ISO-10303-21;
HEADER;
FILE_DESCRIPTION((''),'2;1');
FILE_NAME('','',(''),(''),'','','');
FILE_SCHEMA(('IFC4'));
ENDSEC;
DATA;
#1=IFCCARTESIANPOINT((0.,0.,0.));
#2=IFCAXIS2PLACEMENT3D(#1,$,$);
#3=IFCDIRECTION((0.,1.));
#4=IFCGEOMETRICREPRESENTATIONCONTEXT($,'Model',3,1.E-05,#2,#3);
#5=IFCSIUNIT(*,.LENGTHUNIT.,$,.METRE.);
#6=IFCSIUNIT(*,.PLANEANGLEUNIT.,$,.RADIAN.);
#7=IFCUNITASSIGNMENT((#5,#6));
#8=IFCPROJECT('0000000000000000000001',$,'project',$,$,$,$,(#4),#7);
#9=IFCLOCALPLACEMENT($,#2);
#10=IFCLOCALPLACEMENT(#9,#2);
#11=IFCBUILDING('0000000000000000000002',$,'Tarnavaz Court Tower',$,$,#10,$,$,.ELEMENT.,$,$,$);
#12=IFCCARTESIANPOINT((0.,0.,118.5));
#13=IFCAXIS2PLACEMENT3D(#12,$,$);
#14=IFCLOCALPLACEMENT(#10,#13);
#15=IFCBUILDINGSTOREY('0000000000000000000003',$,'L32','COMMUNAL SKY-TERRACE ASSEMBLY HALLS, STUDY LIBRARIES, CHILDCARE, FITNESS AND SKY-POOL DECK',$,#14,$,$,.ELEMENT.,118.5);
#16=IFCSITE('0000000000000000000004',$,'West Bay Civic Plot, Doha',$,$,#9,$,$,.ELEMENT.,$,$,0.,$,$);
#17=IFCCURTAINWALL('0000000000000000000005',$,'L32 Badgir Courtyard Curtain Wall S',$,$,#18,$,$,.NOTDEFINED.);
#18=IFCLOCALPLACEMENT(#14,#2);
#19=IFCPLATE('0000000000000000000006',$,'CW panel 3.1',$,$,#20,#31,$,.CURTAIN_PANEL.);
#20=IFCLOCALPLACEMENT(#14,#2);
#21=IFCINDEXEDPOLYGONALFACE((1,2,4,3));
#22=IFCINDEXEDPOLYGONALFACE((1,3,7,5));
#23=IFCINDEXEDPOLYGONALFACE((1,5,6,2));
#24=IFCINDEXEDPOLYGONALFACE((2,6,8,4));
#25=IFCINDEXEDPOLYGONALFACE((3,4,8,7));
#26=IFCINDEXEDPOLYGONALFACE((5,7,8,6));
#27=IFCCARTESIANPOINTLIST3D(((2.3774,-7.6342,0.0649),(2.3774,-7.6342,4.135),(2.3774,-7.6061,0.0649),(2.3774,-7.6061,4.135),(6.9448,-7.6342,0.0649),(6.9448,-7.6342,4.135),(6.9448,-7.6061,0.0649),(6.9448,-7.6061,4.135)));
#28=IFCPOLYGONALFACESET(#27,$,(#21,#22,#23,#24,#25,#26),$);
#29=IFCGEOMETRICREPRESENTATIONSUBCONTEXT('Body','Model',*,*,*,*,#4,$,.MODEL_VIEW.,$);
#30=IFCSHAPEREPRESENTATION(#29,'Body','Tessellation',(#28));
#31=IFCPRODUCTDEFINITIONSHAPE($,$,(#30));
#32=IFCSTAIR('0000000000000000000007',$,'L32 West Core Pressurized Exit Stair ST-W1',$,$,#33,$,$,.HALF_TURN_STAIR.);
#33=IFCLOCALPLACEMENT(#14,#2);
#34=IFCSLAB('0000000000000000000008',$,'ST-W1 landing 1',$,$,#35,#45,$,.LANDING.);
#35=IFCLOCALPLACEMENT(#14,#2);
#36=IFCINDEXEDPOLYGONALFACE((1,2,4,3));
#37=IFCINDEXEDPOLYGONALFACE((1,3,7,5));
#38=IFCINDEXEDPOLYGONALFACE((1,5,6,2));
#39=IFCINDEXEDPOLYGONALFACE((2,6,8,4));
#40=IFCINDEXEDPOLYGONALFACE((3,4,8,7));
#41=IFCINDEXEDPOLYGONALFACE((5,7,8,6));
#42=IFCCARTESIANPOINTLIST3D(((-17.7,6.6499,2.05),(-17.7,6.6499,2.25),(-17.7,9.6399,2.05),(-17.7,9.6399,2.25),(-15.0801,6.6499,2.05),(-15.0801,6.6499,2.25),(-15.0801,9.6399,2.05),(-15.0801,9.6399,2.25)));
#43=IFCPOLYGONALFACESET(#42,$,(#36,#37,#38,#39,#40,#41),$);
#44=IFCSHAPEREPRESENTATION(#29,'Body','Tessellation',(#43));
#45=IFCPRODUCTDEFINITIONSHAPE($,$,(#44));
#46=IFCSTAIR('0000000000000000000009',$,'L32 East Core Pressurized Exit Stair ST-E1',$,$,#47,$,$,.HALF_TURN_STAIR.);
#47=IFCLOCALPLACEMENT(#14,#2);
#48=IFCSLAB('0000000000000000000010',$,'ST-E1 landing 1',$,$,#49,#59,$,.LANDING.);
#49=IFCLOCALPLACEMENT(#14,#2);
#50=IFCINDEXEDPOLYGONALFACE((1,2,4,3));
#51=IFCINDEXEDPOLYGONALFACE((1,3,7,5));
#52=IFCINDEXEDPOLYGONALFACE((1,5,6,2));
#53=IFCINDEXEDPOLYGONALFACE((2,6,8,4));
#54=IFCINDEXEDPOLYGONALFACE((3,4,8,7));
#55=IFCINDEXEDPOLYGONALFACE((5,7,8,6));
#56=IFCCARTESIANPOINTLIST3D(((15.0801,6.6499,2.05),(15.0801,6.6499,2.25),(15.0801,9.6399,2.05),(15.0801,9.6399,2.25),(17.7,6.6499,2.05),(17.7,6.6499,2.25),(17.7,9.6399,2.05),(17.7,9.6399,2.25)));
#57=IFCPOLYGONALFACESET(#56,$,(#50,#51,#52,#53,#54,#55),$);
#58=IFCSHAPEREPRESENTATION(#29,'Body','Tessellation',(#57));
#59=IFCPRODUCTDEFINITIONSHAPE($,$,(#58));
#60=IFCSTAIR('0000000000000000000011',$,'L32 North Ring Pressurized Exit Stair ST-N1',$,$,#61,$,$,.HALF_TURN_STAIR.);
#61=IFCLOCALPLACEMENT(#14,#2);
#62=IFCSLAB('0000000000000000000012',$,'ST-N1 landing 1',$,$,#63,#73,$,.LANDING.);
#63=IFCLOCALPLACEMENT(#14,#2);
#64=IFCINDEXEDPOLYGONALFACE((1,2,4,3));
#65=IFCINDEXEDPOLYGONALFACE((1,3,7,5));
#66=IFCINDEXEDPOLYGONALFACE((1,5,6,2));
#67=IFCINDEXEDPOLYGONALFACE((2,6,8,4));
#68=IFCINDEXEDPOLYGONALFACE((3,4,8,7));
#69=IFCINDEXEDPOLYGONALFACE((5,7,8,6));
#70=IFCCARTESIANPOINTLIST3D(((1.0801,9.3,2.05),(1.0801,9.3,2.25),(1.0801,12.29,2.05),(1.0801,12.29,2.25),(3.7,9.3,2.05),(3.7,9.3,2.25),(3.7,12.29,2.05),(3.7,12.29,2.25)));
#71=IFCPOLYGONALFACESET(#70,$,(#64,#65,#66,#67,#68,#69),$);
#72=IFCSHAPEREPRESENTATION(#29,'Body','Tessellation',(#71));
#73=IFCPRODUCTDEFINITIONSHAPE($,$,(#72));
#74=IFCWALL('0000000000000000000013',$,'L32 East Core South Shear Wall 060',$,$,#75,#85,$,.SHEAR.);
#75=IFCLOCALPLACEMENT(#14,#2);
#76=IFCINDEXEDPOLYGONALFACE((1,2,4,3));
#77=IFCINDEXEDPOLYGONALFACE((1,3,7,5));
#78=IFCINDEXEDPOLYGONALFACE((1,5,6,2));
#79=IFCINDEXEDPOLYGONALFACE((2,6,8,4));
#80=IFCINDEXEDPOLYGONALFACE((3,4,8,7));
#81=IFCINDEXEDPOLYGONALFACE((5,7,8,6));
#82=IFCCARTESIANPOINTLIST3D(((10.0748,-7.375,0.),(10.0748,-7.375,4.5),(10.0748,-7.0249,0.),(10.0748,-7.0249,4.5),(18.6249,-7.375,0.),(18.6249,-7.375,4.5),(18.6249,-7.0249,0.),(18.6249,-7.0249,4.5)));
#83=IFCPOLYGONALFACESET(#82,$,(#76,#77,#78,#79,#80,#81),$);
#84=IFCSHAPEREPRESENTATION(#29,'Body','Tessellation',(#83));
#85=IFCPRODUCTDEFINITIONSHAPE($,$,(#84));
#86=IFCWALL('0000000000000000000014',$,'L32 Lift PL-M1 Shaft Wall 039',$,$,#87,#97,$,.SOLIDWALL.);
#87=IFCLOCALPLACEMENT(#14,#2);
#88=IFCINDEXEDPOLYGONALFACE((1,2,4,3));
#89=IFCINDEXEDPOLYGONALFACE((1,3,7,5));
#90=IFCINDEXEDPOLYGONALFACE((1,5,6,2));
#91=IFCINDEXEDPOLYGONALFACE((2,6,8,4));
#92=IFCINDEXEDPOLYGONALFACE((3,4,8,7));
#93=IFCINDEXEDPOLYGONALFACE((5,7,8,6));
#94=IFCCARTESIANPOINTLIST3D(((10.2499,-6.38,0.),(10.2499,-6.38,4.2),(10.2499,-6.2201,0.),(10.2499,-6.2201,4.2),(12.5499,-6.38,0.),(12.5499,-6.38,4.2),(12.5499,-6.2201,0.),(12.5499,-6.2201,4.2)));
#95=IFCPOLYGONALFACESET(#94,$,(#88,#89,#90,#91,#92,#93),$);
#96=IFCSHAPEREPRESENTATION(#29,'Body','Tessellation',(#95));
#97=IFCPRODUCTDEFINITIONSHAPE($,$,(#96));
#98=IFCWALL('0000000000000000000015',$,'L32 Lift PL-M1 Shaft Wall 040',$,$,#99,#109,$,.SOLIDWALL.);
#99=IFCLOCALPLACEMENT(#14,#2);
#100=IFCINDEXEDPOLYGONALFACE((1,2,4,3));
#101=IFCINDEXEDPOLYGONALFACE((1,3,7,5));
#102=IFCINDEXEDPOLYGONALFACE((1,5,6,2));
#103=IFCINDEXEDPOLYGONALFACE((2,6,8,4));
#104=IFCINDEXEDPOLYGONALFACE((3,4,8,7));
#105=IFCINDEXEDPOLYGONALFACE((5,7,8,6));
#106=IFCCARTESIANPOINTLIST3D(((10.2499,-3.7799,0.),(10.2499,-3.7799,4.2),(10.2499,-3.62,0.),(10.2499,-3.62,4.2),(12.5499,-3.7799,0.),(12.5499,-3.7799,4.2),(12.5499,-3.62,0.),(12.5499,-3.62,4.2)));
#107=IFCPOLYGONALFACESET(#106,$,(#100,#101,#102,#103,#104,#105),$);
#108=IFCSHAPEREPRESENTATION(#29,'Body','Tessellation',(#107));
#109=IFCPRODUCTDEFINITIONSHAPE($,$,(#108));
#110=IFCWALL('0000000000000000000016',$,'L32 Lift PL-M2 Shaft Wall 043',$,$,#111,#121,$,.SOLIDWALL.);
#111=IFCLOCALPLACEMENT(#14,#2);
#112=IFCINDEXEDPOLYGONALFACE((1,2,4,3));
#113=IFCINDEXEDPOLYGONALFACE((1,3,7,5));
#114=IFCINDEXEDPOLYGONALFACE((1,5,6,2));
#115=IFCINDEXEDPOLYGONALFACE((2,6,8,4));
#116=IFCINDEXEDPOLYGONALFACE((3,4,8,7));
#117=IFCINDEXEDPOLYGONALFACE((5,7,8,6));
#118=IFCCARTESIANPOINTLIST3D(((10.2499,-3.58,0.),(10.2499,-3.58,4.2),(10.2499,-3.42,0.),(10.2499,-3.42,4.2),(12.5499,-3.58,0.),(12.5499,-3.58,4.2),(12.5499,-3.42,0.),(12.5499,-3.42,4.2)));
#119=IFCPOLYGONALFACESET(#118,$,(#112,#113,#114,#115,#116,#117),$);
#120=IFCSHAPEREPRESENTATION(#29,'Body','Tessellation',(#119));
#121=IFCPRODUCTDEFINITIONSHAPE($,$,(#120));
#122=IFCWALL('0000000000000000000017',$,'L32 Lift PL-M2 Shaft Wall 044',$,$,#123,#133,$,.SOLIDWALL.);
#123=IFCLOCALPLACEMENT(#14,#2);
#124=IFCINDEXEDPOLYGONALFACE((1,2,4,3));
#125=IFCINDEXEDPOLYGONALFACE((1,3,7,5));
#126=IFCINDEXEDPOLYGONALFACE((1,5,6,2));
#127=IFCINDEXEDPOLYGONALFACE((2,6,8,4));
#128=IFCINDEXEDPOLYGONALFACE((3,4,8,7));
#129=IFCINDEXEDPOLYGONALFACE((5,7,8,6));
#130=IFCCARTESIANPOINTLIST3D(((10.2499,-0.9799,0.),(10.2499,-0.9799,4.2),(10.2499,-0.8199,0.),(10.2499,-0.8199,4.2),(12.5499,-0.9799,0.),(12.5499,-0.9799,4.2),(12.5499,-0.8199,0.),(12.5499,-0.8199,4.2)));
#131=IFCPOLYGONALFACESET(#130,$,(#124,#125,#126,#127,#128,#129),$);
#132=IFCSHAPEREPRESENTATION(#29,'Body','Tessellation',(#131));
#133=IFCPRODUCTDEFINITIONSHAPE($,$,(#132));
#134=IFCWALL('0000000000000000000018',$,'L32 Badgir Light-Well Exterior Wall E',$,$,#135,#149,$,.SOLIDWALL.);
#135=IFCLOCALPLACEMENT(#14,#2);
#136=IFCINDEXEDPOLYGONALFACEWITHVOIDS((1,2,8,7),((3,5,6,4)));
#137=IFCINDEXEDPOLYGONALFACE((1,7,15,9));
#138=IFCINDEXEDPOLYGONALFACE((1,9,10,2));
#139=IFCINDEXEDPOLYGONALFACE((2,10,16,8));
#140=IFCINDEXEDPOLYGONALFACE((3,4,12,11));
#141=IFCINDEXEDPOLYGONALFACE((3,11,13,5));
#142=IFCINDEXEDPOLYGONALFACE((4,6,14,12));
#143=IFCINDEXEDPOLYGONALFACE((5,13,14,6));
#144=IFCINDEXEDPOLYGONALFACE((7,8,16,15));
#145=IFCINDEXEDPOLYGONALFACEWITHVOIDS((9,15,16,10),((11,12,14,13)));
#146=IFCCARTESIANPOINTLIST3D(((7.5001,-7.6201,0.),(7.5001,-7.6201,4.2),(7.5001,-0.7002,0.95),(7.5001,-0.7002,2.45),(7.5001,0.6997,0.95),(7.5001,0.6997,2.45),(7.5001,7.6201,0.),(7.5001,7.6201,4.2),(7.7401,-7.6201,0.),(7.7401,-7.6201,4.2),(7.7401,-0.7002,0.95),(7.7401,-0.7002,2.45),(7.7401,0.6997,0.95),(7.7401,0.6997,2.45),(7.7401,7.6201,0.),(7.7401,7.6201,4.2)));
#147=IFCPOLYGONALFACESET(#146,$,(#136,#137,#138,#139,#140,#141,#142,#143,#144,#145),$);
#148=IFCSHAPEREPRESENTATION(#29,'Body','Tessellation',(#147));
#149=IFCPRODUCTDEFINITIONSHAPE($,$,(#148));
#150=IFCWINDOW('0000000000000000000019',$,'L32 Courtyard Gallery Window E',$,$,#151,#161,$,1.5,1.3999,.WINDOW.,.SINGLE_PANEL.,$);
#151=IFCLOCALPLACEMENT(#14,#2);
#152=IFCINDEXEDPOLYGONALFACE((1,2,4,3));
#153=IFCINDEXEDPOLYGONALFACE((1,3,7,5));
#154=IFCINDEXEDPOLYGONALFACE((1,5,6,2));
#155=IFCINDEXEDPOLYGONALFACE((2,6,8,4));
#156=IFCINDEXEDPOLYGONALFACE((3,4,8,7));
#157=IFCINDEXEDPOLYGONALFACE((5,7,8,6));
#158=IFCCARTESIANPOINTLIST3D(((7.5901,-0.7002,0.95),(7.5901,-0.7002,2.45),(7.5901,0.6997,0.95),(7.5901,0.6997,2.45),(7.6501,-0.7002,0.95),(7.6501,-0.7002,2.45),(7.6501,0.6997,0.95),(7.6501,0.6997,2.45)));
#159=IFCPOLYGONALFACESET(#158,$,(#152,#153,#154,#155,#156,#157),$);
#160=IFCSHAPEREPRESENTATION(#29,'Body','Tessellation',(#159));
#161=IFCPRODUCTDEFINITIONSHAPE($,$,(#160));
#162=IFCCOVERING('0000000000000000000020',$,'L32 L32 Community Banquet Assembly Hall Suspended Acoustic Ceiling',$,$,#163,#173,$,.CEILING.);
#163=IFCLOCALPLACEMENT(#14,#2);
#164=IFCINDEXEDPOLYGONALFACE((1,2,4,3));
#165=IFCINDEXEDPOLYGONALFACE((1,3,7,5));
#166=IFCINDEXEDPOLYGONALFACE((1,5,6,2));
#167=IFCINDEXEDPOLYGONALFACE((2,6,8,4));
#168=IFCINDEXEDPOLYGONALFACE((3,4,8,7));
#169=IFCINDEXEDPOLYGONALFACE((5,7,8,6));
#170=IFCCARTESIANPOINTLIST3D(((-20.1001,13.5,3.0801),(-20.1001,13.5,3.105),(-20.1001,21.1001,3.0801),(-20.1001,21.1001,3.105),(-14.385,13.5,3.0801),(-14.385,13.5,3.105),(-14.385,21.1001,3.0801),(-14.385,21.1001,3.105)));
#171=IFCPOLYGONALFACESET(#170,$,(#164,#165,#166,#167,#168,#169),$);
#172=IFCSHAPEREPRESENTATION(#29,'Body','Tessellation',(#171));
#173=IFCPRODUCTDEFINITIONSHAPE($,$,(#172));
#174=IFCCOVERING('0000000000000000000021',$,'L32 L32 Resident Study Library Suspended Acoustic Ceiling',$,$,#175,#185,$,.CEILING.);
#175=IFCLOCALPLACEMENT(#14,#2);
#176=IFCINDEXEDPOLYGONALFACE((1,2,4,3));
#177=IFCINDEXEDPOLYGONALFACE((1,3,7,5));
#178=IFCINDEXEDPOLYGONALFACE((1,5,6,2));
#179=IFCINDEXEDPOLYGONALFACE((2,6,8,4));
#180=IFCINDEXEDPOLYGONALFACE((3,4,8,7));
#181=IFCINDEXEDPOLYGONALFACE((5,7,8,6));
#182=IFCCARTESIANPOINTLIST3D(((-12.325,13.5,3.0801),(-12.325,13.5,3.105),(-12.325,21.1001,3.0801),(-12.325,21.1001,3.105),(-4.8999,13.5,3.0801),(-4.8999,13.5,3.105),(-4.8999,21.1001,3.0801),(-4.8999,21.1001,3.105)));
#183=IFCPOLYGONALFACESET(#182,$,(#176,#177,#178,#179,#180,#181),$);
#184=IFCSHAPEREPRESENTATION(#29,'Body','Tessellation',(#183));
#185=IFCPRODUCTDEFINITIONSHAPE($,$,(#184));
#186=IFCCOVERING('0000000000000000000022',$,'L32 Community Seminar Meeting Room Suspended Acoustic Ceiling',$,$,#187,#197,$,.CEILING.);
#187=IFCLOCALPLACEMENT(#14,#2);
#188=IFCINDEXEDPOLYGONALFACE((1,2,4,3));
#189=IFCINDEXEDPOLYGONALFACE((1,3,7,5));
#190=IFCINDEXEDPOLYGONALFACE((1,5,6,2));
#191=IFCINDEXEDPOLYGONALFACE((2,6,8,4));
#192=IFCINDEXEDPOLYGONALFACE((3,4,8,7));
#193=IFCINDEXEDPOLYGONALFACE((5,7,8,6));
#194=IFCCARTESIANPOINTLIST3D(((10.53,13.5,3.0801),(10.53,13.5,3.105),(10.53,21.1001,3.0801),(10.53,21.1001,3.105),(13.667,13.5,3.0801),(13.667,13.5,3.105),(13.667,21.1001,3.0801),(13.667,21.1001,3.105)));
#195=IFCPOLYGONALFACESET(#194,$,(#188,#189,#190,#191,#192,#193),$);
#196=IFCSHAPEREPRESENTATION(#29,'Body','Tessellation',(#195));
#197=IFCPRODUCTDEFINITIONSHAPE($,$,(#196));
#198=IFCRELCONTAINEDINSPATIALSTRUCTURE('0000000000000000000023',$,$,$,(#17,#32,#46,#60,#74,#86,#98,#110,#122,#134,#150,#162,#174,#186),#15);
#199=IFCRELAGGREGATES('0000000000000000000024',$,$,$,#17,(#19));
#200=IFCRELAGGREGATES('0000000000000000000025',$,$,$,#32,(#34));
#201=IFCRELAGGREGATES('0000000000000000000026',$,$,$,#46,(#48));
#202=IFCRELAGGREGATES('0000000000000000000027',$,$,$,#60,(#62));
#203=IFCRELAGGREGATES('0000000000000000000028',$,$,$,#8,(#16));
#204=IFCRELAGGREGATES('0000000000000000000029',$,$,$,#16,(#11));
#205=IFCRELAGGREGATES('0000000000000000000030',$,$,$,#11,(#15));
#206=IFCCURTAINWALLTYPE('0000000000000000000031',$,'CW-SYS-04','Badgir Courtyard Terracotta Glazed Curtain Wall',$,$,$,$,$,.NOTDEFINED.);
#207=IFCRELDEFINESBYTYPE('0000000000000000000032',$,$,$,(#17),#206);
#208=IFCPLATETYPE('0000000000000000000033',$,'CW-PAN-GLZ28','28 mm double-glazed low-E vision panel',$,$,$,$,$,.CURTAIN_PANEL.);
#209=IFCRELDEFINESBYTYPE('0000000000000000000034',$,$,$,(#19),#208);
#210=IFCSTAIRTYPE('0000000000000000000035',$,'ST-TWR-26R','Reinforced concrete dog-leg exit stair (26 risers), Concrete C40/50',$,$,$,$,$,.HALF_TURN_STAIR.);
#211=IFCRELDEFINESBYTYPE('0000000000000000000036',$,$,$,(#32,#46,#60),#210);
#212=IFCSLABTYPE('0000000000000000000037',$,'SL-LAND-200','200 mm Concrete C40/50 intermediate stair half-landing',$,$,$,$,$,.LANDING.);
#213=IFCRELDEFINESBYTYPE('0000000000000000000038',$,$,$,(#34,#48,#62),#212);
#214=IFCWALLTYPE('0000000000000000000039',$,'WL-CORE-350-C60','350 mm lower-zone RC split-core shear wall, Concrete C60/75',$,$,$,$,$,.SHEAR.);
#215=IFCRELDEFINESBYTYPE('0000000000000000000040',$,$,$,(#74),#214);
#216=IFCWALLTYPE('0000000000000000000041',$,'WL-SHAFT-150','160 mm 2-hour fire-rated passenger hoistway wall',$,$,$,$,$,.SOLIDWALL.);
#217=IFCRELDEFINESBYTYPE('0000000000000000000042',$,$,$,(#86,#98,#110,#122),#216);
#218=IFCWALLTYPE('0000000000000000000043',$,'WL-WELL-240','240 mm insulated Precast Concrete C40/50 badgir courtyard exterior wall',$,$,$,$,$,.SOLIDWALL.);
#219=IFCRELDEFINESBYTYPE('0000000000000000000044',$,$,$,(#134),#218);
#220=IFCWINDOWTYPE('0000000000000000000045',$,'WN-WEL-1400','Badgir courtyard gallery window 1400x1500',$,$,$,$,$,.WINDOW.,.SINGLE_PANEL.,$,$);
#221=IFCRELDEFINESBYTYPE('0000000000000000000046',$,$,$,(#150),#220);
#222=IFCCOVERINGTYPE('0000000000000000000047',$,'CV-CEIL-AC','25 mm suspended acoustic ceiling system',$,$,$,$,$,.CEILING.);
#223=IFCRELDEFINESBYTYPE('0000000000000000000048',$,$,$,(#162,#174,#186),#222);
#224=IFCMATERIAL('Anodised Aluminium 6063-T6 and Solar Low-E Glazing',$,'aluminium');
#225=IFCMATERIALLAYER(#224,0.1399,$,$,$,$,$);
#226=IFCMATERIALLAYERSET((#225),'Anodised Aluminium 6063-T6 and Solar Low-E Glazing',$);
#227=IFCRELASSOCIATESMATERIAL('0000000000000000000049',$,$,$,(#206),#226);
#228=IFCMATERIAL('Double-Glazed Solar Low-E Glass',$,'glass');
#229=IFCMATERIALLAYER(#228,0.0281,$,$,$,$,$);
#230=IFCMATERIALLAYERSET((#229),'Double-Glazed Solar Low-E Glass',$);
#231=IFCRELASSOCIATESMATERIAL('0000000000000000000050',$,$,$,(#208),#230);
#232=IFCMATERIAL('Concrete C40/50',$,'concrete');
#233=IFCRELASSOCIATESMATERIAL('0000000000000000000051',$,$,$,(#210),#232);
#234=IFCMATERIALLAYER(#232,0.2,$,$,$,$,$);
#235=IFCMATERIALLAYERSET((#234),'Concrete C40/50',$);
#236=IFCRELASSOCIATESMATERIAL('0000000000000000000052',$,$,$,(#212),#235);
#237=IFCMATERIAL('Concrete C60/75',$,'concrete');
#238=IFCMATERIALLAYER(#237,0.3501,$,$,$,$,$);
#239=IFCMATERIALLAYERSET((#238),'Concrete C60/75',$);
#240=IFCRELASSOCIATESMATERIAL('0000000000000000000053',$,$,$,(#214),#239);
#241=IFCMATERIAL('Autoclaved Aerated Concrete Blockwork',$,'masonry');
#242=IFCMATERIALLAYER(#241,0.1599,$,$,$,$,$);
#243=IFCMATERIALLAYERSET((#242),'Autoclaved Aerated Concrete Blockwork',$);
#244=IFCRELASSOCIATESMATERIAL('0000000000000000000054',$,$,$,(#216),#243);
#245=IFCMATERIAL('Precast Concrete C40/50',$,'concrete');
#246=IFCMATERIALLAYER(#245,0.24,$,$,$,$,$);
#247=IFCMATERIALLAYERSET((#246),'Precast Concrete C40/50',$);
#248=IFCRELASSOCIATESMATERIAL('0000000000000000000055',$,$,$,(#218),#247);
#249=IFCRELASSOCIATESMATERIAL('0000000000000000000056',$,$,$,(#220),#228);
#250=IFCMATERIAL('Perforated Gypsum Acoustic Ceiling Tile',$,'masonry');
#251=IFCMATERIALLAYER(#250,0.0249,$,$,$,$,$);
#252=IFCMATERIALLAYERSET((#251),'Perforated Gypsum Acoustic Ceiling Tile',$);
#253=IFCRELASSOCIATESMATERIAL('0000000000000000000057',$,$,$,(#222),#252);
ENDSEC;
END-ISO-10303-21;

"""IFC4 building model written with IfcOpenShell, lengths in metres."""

from ifc_helpers import new_model, si_unit, direction, frame, frame_2d, origin, origin_2d, place, context, subcontext, project, spatial, polyline, rectangle, outline, extrude, material, layer, layer_set, type_object, element, fill, aggregate, save


model = new_model("IFC4")

# Units and contexts
model_context = context("Model", 3, precision=1e-05, world=origin(), true_north=direction((0.0, 1.0)))
body_context = subcontext(model_context, "Body", "Model", "MODEL_VIEW")
ifc_project = project(units=[si_unit("LENGTHUNIT", "METRE"), si_unit("PLANEANGLEUNIT", "RADIAN")], contexts=[model_context])

# Site, building, storey
site_placement = place(None, origin())
site = spatial("IfcSite", under=ifc_project, at=site_placement, Name="West Bay Civic Plot, Doha", CompositionType="ELEMENT", RefElevation=0.0)
building_placement = place(site_placement, origin())
building = spatial("IfcBuilding", under=site, at=building_placement, Name="Tarnavaz Court Tower", CompositionType="ELEMENT")
storey_placement = place(building_placement, frame((0.0, 0.0, 118.5)))
storey = spatial("IfcBuildingStorey", under=building, at=storey_placement, Name="L32", Description="COMMUNAL SKY-TERRACE ASSEMBLY HALLS, STUDY LIBRARIES, CHILDCARE, FITNESS AND SKY-POOL DECK", CompositionType="ELEMENT", Elevation=118.5)

# Shared definitions
ifc_material_1 = material(Name="Concrete C60/75", Category="concrete")

# Curtain wall, plate
ifc_material_2 = material(Name="Anodised Aluminium 6063-T6 and Solar Low-E Glazing", Category="aluminium")
ifc_layer_1 = layer(ifc_material_2, 0.1399)
ifc_layer_set_1 = layer_set([ifc_layer_1], Name="Anodised Aluminium 6063-T6 and Solar Low-E Glazing")
curtain_wall_type = type_object("IfcCurtainWallType", Name="CW-SYS-04", Description="Badgir Courtyard Terracotta Glazed Curtain Wall", PredefinedType="NOTDEFINED", material=ifc_layer_set_1)
curtain_wall_placement = place(storey_placement, origin())
curtain_wall = element("IfcCurtainWall", 1, at=curtain_wall_placement, inside=storey, type_object=curtain_wall_type, Name="L32 Badgir Courtyard Curtain Wall S", PredefinedType="NOTDEFINED")
ifc_material_3 = material(Name="Double-Glazed Solar Low-E Glass", Category="glass")
ifc_layer_2 = layer(ifc_material_3, 0.0281)
ifc_layer_set_2 = layer_set([ifc_layer_2], Name="Double-Glazed Solar Low-E Glass")
plate_type = type_object("IfcPlateType", Name="CW-PAN-GLZ28", Description="28 mm double-glazed low-E vision panel", PredefinedType="CURTAIN_PANEL", material=ifc_layer_set_2)
plate_placement = place(storey_placement, frame((4.6611, -7.6201, 0.0649), z_axis=(0.0, 0.0, 1.0), x_axis=(1.0, 0.0, 0.0)))
plate = element("IfcPlate", 2, at=plate_placement, type_object=plate_type, Name="CW panel 3.1", PredefinedType="CURTAIN_PANEL", context=body_context, shape_type="SweptSolid", body=[
    extrude(rectangle(XDim=4.5674, YDim=0.0281, at=origin_2d()), origin(), (0.0, 0.0, 1.0), 4.0701),
])
aggregate(curtain_wall, [plate])

# Stairs, slabs
ifc_material_4 = material(Name="Concrete C40/50", Category="concrete")
stair_type = type_object("IfcStairType", Name="ST-TWR-26R", Description="Reinforced concrete dog-leg exit stair (26 risers), Concrete C40/50", PredefinedType="HALF_TURN_STAIR", material=ifc_material_4)
stair_1_placement = place(storey_placement, origin())
stair_1 = element("IfcStair", 3, at=stair_1_placement, inside=storey, type_object=stair_type, Name="L32 West Core Pressurized Exit Stair ST-W1", PredefinedType="HALF_TURN_STAIR")
ifc_layer_3 = layer(ifc_material_4, 0.2)
ifc_layer_set_3 = layer_set([ifc_layer_3], Name="Concrete C40/50")
slab_type = type_object("IfcSlabType", Name="SL-LAND-200", Description="200 mm Concrete C40/50 intermediate stair half-landing", PredefinedType="LANDING", material=ifc_layer_set_3)
slab_1_placement = place(storey_placement, frame((0.0, 0.0, 2.05)))
slab_1 = element("IfcSlab", 4, at=slab_1_placement, type_object=slab_type, Name="ST-W1 landing 1", PredefinedType="LANDING", context=body_context, shape_type="SweptSolid", body=[
    extrude(outline(polyline([(-15.0801, 9.6399), (-17.7, 9.6399), (-17.7, 6.6499), (-15.0801, 6.6499), (-15.0801, 9.6399)])), origin(), (0.0, 0.0, 1.0), 0.2),
])
aggregate(stair_1, [slab_1])
stair_2_placement = place(storey_placement, origin())
stair_2 = element("IfcStair", 5, at=stair_2_placement, inside=storey, type_object=stair_type, Name="L32 East Core Pressurized Exit Stair ST-E1", PredefinedType="HALF_TURN_STAIR")
slab_2_placement = place(storey_placement, frame((0.0, 0.0, 2.05)))
slab_2 = element("IfcSlab", 6, at=slab_2_placement, type_object=slab_type, Name="ST-E1 landing 1", PredefinedType="LANDING", context=body_context, shape_type="SweptSolid", body=[
    extrude(outline(polyline([(15.0801, 6.6499), (17.7, 6.6499), (17.7, 9.6399), (15.0801, 9.6399), (15.0801, 6.6499)])), origin(), (0.0, 0.0, 1.0), 0.2),
])
aggregate(stair_2, [slab_2])
stair_3_placement = place(storey_placement, origin())
stair_3 = element("IfcStair", 7, at=stair_3_placement, inside=storey, type_object=stair_type, Name="L32 North Ring Pressurized Exit Stair ST-N1", PredefinedType="HALF_TURN_STAIR")
slab_3_placement = place(storey_placement, frame((0.0, 0.0, 2.05)))
slab_3 = element("IfcSlab", 8, at=slab_3_placement, type_object=slab_type, Name="ST-N1 landing 1", PredefinedType="LANDING", context=body_context, shape_type="SweptSolid", body=[
    extrude(outline(polyline([(1.0801, 9.3), (3.7, 9.3), (3.7, 12.29), (1.0801, 12.29), (1.0801, 9.3)])), origin(), (0.0, 0.0, 1.0), 0.2),
])
aggregate(stair_3, [slab_3])

# Wall
ifc_layer_4 = layer(ifc_material_1, 0.3501)
ifc_layer_set_4 = layer_set([ifc_layer_4], Name="Concrete C60/75")
wall_type_1 = type_object("IfcWallType", Name="WL-CORE-350-C60", Description="350 mm lower-zone RC split-core shear wall, Concrete C60/75", PredefinedType="SHEAR", material=ifc_layer_set_4)
wall_1_placement = place(storey_placement, frame((10.075, -7.2, 0.0), z_axis=(0.0, 0.0, 1.0), x_axis=(1.0, 0.0, 0.0)))
element("IfcWall", 9, at=wall_1_placement, inside=storey, type_object=wall_type_1, Name="L32 East Core South Shear Wall 060", PredefinedType="SHEAR", context=body_context, shape_type="SweptSolid", body=[
    extrude(rectangle(XDim=8.55, YDim=0.3501, at=frame_2d((4.2749, 0.0))), origin(), (0.0, 0.0, 1.0), 4.5),
])

# Shared definitions
ifc_material_5 = material(Name="Autoclaved Aerated Concrete Blockwork", Category="masonry")
ifc_layer_5 = layer(ifc_material_5, 0.1599)
ifc_layer_set_5 = layer_set([ifc_layer_5], Name="Autoclaved Aerated Concrete Blockwork")
wall_type_2 = type_object("IfcWallType", Name="WL-SHAFT-150", Description="160 mm 2-hour fire-rated passenger hoistway wall", PredefinedType="SOLIDWALL", material=ifc_layer_set_5)

# Walls
for number, where, z_axis, x_axis, name in (
    (10, (10.25, -6.3, 0.0), (0.0, 0.0, 1.0), (1.0, 0.0, 0.0), "L32 Lift PL-M1 Shaft Wall 039"),
    (11, (10.25, -3.7, 0.0), (0.0, 0.0, 1.0), (1.0, 0.0, 0.0), "L32 Lift PL-M1 Shaft Wall 040"),
):
    element("IfcWall", number, at=place(storey_placement, frame(where, z_axis=z_axis, x_axis=x_axis)), inside=storey, type_object=wall_type_2, Name=name, PredefinedType="SOLIDWALL", context=body_context, shape_type="SweptSolid", body=[
        extrude(rectangle(XDim=2.3, YDim=0.1599, at=frame_2d((1.1499, 0.0))), origin(), (0.0, 0.0, 1.0), 4.2),
    ])

# Walls
for number, where, z_axis, x_axis, name in (
    (12, (10.25, -3.5, 0.0), (0.0, 0.0, 1.0), (1.0, 0.0, 0.0), "L32 Lift PL-M2 Shaft Wall 043"),
    (13, (10.25, -0.8999, 0.0), (0.0, 0.0, 1.0), (1.0, 0.0, 0.0), "L32 Lift PL-M2 Shaft Wall 044"),
):
    element("IfcWall", number, at=place(storey_placement, frame(where, z_axis=z_axis, x_axis=x_axis)), inside=storey, type_object=wall_type_2, Name=name, PredefinedType="SOLIDWALL", context=body_context, shape_type="SweptSolid", body=[
        extrude(rectangle(XDim=2.3, YDim=0.1599, at=frame_2d((1.1499, 0.0))), origin(), (0.0, 0.0, 1.0), 4.2),
    ])

# Wall, opening, window
ifc_material_6 = material(Name="Precast Concrete C40/50", Category="concrete")
ifc_layer_6 = layer(ifc_material_6, 0.24)
ifc_layer_set_6 = layer_set([ifc_layer_6], Name="Precast Concrete C40/50")
wall_type_3 = type_object("IfcWallType", Name="WL-WELL-240", Description="240 mm insulated Precast Concrete C40/50 badgir courtyard exterior wall", PredefinedType="SOLIDWALL", material=ifc_layer_set_6)
wall_2_placement = place(storey_placement, frame((7.6201, -7.6201, 0.0), z_axis=(0.0, 0.0, 1.0), x_axis=(0.0, 1.0, 0.0)))
wall_2 = element("IfcWall", 14, at=wall_2_placement, inside=storey, type_object=wall_type_3, Name="L32 Badgir Light-Well Exterior Wall E", PredefinedType="SOLIDWALL", context=body_context, shape_type="SweptSolid", body=[
    extrude(rectangle(XDim=15.2402, YDim=0.24, at=frame_2d((7.6201, 0.0))), origin(), (0.0, 0.0, 1.0), 4.2),
])
opening_1_placement = place(wall_2_placement, frame((6.9199, 0.0, 0.95)))
opening_1 = element("IfcOpeningElement", 15, at=opening_1_placement, cuts=wall_2, PredefinedType="OPENING", context=body_context, shape_type="SweptSolid", body=[
    extrude(rectangle(XDim=1.3999, YDim=1.5, at=frame_2d((0.7, 0.75))), frame((0.0, 0.1299, 0.0), z_axis=(0.0, -1.0, 0.0), x_axis=(1.0, 0.0, 0.0)), (0.0, 0.0, 1.0), 0.26),
])
window_type = type_object("IfcWindowType", Name="WN-WEL-1400", Description="Badgir courtyard gallery window 1400x1500", PartitioningType="SINGLE_PANEL", PredefinedType="WINDOW", material=ifc_material_3)
window_placement = place(opening_1_placement, origin())
window = element("IfcWindow", 16, at=window_placement, inside=storey, type_object=window_type, Name="L32 Courtyard Gallery Window E", OverallHeight=1.5, OverallWidth=1.3999, PartitioningType="SINGLE_PANEL", PredefinedType="WINDOW", context=body_context, shape_type="SweptSolid", body=[
    extrude(rectangle(XDim=1.3999, YDim=1.5, at=frame_2d((0.7, 0.75))), frame((0.0, 0.03, 0.0), z_axis=(0.0, -1.0, 0.0), x_axis=(1.0, 0.0, 0.0)), (0.0, 0.0, 1.0), 0.0601),
])
fill(opening_1, window)

# Coverings
ifc_material_7 = material(Name="Perforated Gypsum Acoustic Ceiling Tile", Category="masonry")
ifc_layer_7 = layer(ifc_material_7, 0.0249)
ifc_layer_set_7 = layer_set([ifc_layer_7], Name="Perforated Gypsum Acoustic Ceiling Tile")
covering_type_1 = type_object("IfcCoveringType", Name="CV-CEIL-AC", Description="25 mm suspended acoustic ceiling system", PredefinedType="CEILING", material=ifc_layer_set_7)
covering_1_placement = place(storey_placement, frame((0.0, 0.0, 3.0801)))
element("IfcCovering", 17, at=covering_1_placement, inside=storey, type_object=covering_type_1, Name="L32 L32 Community Banquet Assembly Hall Suspended Acoustic Ceiling", PredefinedType="CEILING", context=body_context, shape_type="SweptSolid", body=[
    extrude(outline(polyline([(-20.1001, 13.5), (-14.385, 13.5), (-14.385, 21.1001), (-20.1001, 21.1001), (-20.1001, 13.5)])), origin(), (0.0, 0.0, 1.0), 0.0249),
])
covering_2_placement = place(storey_placement, frame((0.0, 0.0, 3.0801)))
element("IfcCovering", 18, at=covering_2_placement, inside=storey, type_object=covering_type_1, Name="L32 L32 Resident Study Library Suspended Acoustic Ceiling", PredefinedType="CEILING", context=body_context, shape_type="SweptSolid", body=[
    extrude(outline(polyline([(-12.325, 13.5), (-4.8999, 13.5), (-4.8999, 21.1001), (-12.325, 21.1001), (-12.325, 13.5)])), origin(), (0.0, 0.0, 1.0), 0.0249),
])
covering_3_placement = place(storey_placement, frame((0.0, 0.0, 3.0801)))
element("IfcCovering", 19, at=covering_3_placement, inside=storey, type_object=covering_type_1, Name="L32 Community Seminar Meeting Room Suspended Acoustic Ceiling", PredefinedType="CEILING", context=body_context, shape_type="SweptSolid", body=[
    extrude(outline(polyline([(10.53, 13.5), (13.667, 13.5), (13.667, 21.1001), (10.53, 21.1001), (10.53, 13.5)])), origin(), (0.0, 0.0, 1.0), 0.0249),
])

save(model, "model.ifc")
